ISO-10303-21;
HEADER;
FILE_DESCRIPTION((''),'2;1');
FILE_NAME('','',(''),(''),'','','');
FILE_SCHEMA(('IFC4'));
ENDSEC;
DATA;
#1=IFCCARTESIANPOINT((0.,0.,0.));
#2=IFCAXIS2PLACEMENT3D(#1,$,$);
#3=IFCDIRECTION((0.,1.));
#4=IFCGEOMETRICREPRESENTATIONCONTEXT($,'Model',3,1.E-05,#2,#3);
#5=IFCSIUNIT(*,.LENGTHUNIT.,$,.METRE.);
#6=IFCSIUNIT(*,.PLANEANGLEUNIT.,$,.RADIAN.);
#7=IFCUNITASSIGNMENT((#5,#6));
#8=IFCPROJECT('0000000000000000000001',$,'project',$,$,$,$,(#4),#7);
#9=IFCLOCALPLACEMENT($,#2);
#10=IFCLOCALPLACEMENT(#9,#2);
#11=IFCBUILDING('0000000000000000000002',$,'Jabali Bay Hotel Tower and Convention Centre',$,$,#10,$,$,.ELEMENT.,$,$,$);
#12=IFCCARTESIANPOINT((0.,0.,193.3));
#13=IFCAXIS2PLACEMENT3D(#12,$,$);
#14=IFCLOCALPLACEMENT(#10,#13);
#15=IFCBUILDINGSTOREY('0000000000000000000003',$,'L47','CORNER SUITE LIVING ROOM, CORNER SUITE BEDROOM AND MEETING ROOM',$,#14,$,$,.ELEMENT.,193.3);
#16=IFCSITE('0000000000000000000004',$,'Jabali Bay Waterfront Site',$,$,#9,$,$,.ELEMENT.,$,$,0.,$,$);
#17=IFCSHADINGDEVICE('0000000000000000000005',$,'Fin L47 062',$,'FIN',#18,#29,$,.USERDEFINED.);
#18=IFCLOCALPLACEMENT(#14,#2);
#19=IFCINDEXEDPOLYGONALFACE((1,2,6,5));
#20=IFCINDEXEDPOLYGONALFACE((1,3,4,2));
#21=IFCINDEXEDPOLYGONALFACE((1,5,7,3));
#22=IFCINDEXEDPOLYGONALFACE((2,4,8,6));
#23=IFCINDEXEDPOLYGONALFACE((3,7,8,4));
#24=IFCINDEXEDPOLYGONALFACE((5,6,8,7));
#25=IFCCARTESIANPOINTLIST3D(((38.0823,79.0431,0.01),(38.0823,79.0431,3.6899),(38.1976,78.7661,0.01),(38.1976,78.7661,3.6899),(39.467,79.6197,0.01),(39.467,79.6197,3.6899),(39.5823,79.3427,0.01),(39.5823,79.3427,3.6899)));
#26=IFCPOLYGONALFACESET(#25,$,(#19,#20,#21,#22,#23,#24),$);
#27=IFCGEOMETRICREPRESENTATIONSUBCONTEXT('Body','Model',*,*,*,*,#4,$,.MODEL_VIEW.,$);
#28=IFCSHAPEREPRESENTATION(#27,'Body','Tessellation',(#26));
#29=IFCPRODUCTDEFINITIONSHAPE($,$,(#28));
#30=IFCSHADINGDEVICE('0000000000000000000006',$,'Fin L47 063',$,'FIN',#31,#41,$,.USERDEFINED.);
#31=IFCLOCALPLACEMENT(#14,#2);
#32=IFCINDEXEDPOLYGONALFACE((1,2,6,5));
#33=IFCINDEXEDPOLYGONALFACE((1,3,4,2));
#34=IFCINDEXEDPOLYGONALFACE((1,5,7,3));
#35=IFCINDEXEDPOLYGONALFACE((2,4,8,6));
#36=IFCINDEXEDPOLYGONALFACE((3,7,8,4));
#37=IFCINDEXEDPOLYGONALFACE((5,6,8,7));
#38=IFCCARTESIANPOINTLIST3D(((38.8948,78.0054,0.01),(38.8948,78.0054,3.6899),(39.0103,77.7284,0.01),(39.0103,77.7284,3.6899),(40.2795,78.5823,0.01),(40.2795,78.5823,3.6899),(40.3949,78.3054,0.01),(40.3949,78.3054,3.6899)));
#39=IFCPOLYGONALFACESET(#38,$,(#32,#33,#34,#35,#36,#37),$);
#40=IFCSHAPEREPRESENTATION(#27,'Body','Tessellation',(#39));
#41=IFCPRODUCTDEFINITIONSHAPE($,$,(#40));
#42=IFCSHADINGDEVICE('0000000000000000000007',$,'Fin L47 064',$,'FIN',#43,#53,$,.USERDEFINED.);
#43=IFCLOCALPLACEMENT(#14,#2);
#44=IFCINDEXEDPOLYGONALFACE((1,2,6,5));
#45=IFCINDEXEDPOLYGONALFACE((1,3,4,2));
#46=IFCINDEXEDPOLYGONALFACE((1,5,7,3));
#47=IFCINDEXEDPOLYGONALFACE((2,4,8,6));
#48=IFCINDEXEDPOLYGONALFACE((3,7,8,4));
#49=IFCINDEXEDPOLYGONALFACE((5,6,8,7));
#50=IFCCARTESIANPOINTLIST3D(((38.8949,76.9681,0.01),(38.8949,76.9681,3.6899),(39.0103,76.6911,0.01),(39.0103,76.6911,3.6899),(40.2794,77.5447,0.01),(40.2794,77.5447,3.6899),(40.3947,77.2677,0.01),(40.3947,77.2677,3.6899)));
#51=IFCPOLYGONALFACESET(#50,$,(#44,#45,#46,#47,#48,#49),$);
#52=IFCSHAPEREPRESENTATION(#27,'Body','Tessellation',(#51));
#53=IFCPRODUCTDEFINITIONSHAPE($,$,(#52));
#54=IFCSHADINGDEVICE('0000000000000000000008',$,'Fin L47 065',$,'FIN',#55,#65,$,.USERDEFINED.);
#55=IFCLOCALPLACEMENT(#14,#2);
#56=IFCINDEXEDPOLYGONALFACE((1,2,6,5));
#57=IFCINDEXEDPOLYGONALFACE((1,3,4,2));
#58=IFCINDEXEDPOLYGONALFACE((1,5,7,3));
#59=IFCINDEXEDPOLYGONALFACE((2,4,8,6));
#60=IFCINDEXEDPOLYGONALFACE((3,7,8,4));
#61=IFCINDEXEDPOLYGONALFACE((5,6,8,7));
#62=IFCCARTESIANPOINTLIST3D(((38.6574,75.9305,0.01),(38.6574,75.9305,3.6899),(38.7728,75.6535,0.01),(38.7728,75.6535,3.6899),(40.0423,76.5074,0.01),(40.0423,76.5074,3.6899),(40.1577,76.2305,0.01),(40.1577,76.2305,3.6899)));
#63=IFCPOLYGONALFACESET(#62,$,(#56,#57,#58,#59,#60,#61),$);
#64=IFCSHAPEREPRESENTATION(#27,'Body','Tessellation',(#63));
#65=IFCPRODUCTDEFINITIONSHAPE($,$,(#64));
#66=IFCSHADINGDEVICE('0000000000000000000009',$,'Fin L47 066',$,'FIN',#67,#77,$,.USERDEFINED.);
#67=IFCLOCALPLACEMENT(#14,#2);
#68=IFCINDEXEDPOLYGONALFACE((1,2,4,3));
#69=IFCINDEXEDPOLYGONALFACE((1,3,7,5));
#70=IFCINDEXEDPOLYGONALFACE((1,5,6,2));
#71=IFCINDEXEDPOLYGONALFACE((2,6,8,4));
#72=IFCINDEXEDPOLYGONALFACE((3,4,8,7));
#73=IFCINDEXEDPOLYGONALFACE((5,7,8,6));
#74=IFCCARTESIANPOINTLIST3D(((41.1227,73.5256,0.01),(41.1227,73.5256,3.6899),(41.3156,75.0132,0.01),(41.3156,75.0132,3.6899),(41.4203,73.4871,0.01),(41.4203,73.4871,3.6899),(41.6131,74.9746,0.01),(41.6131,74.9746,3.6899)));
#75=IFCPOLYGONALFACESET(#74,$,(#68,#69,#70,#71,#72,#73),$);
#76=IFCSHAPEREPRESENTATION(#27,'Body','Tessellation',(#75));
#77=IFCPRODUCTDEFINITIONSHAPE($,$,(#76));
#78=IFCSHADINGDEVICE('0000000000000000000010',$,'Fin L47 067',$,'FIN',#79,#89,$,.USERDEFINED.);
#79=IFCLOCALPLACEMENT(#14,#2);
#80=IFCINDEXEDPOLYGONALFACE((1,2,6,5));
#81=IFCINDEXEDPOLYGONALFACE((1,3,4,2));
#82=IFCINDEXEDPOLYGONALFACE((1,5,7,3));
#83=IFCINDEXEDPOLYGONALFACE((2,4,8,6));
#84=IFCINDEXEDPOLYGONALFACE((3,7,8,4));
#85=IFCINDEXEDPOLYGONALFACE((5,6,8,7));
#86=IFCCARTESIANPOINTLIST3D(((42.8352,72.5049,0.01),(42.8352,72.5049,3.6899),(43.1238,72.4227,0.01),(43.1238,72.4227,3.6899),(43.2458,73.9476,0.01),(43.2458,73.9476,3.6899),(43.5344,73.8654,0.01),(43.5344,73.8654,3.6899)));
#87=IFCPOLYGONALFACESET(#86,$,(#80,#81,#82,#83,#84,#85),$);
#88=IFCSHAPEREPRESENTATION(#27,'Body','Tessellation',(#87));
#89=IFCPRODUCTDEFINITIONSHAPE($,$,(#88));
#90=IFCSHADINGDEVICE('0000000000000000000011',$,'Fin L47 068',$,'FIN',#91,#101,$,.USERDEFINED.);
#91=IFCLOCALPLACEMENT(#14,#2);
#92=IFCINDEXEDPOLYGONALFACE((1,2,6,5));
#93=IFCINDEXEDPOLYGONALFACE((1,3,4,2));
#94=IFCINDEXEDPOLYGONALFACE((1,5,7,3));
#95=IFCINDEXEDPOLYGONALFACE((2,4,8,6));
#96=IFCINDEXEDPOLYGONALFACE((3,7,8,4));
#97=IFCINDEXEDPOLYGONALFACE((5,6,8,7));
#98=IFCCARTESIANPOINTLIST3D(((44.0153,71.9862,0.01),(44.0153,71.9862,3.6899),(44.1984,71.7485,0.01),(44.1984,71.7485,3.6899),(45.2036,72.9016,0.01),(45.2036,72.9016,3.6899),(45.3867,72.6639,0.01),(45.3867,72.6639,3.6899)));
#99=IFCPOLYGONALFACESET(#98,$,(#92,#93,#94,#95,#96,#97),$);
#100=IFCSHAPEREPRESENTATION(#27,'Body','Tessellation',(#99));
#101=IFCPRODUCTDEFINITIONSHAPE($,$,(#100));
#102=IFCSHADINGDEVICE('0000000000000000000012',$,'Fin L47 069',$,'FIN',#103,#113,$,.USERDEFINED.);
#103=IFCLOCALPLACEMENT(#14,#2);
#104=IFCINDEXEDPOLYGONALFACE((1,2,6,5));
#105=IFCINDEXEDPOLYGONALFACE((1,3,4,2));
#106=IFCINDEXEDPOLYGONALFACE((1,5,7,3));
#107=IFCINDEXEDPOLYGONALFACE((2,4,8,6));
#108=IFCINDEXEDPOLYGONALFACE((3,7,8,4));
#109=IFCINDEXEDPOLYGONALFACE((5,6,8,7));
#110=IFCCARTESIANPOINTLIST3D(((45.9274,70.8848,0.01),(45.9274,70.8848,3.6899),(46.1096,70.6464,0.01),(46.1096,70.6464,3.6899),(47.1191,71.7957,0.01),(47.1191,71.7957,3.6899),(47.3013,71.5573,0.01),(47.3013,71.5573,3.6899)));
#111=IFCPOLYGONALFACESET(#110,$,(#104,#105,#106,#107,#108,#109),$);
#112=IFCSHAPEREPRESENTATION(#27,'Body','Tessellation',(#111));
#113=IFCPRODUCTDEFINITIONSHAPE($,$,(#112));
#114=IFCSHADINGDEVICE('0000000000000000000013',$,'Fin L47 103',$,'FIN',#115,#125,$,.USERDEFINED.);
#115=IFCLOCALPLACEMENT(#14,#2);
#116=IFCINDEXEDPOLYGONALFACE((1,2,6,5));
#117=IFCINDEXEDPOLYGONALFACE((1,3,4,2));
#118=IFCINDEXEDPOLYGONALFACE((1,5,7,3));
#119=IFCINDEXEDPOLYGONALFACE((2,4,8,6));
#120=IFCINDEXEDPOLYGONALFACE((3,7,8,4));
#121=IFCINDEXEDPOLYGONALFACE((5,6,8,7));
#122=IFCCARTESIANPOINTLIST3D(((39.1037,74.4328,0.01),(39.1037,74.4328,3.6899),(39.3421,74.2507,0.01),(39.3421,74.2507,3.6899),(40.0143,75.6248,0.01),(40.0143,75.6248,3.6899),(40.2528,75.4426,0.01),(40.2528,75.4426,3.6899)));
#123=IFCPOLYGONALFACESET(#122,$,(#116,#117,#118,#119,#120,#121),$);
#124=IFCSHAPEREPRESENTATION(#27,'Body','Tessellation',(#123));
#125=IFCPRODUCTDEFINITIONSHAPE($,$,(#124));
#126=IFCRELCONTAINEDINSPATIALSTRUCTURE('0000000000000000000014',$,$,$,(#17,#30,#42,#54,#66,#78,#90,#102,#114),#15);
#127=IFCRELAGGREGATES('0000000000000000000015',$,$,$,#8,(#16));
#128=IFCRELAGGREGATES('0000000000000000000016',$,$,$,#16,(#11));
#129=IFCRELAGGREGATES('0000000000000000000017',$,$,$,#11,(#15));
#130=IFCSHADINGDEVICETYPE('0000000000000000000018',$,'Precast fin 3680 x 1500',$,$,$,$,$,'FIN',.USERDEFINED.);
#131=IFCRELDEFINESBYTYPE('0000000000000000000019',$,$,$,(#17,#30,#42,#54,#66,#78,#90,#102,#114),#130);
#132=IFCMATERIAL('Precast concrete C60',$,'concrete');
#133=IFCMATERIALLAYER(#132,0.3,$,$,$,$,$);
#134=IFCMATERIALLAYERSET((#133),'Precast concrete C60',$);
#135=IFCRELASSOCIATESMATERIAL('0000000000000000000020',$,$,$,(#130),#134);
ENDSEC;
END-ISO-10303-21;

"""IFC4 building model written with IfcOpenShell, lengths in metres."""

from ifc_helpers import new_model, si_unit, direction, frame, frame_2d, origin, place, context, subcontext, project, spatial, rectangle, extrude, material, layer, layer_set, type_object, element, save


model = new_model("IFC4")

# Units and contexts
model_context = context("Model", 3, precision=1e-05, world=origin(), true_north=direction((0.0, 1.0)))
body_context = subcontext(model_context, "Body", "Model", "MODEL_VIEW")
ifc_project = project(units=[si_unit("LENGTHUNIT", "METRE"), si_unit("PLANEANGLEUNIT", "RADIAN")], contexts=[model_context])

# Site, building, storey
site_placement = place(None, origin())
site = spatial("IfcSite", under=ifc_project, at=site_placement, Name="Jabali Bay Waterfront Site", CompositionType="ELEMENT", RefElevation=0.0)
building_placement = place(site_placement, origin())
building = spatial("IfcBuilding", under=site, at=building_placement, Name="Jabali Bay Hotel Tower and Convention Centre", CompositionType="ELEMENT")
storey_placement = place(building_placement, frame((0.0, 0.0, 193.3)))
storey = spatial("IfcBuildingStorey", under=building, at=storey_placement, Name="L47", Description="CORNER SUITE LIVING ROOM, CORNER SUITE BEDROOM AND MEETING ROOM", CompositionType="ELEMENT", Elevation=193.3)

# Shading devices
ifc_material_1 = material(Name="Precast concrete C60", Category="concrete")
ifc_layer_1 = layer(ifc_material_1, 0.3)
ifc_layer_set_1 = layer_set([ifc_layer_1], Name="Precast concrete C60")
shading_device_type = type_object("IfcShadingDeviceType", Name="Precast fin 3680 x 1500", ElementType="FIN", PredefinedType="USERDEFINED", material=ifc_layer_set_1)
for number, where, z_axis, x_axis, name in (
    (1, (39.5247, 79.4812, 0.01), (0.0, 0.0, 1.0), (-0.923154, -0.38443, 0.0), "Fin L47 062"),
    (2, (40.3372, 78.4438, 0.01), (0.0, 0.0, 1.0), (-0.923072, -0.384627, 0.0), "Fin L47 063"),
):
    element("IfcShadingDevice", number, at=place(storey_placement, frame(where, z_axis=z_axis, x_axis=x_axis)), inside=storey, type_object=shading_device_type, Name=name, ObjectType="FIN", PredefinedType="USERDEFINED", context=body_context, shape_type="SweptSolid", body=[
        extrude(rectangle(XDim=1.5, YDim=0.3, at=frame_2d((0.75, 0.0))), origin(), (0.0, 0.0, 1.0), 3.6799),
    ])
shading_device_1_placement = place(storey_placement, frame((40.3372, 77.4062, 0.01), z_axis=(0.0, 0.0, 1.0), x_axis=(-0.92313, -0.384488, 0.0)))
element("IfcShadingDevice", 3, at=shading_device_1_placement, inside=storey, type_object=shading_device_type, Name="Fin L47 064", ObjectType="FIN", PredefinedType="USERDEFINED", context=body_context, shape_type="SweptSolid", body=[
    extrude(rectangle(XDim=1.4998, YDim=0.3, at=frame_2d((0.75, 0.0))), origin(), (0.0, 0.0, 1.0), 3.6799),
])
shading_device_2_placement = place(storey_placement, frame((40.0999, 76.3689, 0.01), z_axis=(0.0, 0.0, 1.0), x_axis=(-0.923096, -0.384569, 0.0)))
element("IfcShadingDevice", 4, at=shading_device_2_placement, inside=storey, type_object=shading_device_type, Name="Fin L47 065", ObjectType="FIN", PredefinedType="USERDEFINED", context=body_context, shape_type="SweptSolid", body=[
    extrude(rectangle(XDim=1.5002, YDim=0.3, at=frame_2d((0.75, 0.0))), origin(), (0.0, 0.0, 1.0), 3.6799),
])
for number, where, z_axis, x_axis, name in (
    (5, (41.4644, 74.9939, 0.01), (0.0, 0.0, 1.0), (-0.128581, -0.991699, 0.0), "Fin L47 066"),
    (6, (43.3901, 73.9065, 0.01), (0.0, 0.0, 1.0), (-0.273775, -0.961794, 0.0), "Fin L47 067"),
    (7, (45.2952, 72.7827, 0.01), (0.0, 0.0, 1.0), (-0.792218, -0.610238, 0.0), "Fin L47 068"),
    (8, (47.2102, 71.6765, 0.01), (0.0, 0.0, 1.0), (-0.794478, -0.607293, 0.0), "Fin L47 069"),
    (9, (40.1335, 75.5337, 0.01), (0.0, 0.0, 1.0), (-0.607112, -0.794616, 0.0), "Fin L47 103"),
):
    element("IfcShadingDevice", number, at=place(storey_placement, frame(where, z_axis=z_axis, x_axis=x_axis)), inside=storey, type_object=shading_device_type, Name=name, ObjectType="FIN", PredefinedType="USERDEFINED", context=body_context, shape_type="SweptSolid", body=[
        extrude(rectangle(XDim=1.5, YDim=0.3, at=frame_2d((0.75, 0.0))), origin(), (0.0, 0.0, 1.0), 3.6799),
    ])

save(model, "model.ifc")
